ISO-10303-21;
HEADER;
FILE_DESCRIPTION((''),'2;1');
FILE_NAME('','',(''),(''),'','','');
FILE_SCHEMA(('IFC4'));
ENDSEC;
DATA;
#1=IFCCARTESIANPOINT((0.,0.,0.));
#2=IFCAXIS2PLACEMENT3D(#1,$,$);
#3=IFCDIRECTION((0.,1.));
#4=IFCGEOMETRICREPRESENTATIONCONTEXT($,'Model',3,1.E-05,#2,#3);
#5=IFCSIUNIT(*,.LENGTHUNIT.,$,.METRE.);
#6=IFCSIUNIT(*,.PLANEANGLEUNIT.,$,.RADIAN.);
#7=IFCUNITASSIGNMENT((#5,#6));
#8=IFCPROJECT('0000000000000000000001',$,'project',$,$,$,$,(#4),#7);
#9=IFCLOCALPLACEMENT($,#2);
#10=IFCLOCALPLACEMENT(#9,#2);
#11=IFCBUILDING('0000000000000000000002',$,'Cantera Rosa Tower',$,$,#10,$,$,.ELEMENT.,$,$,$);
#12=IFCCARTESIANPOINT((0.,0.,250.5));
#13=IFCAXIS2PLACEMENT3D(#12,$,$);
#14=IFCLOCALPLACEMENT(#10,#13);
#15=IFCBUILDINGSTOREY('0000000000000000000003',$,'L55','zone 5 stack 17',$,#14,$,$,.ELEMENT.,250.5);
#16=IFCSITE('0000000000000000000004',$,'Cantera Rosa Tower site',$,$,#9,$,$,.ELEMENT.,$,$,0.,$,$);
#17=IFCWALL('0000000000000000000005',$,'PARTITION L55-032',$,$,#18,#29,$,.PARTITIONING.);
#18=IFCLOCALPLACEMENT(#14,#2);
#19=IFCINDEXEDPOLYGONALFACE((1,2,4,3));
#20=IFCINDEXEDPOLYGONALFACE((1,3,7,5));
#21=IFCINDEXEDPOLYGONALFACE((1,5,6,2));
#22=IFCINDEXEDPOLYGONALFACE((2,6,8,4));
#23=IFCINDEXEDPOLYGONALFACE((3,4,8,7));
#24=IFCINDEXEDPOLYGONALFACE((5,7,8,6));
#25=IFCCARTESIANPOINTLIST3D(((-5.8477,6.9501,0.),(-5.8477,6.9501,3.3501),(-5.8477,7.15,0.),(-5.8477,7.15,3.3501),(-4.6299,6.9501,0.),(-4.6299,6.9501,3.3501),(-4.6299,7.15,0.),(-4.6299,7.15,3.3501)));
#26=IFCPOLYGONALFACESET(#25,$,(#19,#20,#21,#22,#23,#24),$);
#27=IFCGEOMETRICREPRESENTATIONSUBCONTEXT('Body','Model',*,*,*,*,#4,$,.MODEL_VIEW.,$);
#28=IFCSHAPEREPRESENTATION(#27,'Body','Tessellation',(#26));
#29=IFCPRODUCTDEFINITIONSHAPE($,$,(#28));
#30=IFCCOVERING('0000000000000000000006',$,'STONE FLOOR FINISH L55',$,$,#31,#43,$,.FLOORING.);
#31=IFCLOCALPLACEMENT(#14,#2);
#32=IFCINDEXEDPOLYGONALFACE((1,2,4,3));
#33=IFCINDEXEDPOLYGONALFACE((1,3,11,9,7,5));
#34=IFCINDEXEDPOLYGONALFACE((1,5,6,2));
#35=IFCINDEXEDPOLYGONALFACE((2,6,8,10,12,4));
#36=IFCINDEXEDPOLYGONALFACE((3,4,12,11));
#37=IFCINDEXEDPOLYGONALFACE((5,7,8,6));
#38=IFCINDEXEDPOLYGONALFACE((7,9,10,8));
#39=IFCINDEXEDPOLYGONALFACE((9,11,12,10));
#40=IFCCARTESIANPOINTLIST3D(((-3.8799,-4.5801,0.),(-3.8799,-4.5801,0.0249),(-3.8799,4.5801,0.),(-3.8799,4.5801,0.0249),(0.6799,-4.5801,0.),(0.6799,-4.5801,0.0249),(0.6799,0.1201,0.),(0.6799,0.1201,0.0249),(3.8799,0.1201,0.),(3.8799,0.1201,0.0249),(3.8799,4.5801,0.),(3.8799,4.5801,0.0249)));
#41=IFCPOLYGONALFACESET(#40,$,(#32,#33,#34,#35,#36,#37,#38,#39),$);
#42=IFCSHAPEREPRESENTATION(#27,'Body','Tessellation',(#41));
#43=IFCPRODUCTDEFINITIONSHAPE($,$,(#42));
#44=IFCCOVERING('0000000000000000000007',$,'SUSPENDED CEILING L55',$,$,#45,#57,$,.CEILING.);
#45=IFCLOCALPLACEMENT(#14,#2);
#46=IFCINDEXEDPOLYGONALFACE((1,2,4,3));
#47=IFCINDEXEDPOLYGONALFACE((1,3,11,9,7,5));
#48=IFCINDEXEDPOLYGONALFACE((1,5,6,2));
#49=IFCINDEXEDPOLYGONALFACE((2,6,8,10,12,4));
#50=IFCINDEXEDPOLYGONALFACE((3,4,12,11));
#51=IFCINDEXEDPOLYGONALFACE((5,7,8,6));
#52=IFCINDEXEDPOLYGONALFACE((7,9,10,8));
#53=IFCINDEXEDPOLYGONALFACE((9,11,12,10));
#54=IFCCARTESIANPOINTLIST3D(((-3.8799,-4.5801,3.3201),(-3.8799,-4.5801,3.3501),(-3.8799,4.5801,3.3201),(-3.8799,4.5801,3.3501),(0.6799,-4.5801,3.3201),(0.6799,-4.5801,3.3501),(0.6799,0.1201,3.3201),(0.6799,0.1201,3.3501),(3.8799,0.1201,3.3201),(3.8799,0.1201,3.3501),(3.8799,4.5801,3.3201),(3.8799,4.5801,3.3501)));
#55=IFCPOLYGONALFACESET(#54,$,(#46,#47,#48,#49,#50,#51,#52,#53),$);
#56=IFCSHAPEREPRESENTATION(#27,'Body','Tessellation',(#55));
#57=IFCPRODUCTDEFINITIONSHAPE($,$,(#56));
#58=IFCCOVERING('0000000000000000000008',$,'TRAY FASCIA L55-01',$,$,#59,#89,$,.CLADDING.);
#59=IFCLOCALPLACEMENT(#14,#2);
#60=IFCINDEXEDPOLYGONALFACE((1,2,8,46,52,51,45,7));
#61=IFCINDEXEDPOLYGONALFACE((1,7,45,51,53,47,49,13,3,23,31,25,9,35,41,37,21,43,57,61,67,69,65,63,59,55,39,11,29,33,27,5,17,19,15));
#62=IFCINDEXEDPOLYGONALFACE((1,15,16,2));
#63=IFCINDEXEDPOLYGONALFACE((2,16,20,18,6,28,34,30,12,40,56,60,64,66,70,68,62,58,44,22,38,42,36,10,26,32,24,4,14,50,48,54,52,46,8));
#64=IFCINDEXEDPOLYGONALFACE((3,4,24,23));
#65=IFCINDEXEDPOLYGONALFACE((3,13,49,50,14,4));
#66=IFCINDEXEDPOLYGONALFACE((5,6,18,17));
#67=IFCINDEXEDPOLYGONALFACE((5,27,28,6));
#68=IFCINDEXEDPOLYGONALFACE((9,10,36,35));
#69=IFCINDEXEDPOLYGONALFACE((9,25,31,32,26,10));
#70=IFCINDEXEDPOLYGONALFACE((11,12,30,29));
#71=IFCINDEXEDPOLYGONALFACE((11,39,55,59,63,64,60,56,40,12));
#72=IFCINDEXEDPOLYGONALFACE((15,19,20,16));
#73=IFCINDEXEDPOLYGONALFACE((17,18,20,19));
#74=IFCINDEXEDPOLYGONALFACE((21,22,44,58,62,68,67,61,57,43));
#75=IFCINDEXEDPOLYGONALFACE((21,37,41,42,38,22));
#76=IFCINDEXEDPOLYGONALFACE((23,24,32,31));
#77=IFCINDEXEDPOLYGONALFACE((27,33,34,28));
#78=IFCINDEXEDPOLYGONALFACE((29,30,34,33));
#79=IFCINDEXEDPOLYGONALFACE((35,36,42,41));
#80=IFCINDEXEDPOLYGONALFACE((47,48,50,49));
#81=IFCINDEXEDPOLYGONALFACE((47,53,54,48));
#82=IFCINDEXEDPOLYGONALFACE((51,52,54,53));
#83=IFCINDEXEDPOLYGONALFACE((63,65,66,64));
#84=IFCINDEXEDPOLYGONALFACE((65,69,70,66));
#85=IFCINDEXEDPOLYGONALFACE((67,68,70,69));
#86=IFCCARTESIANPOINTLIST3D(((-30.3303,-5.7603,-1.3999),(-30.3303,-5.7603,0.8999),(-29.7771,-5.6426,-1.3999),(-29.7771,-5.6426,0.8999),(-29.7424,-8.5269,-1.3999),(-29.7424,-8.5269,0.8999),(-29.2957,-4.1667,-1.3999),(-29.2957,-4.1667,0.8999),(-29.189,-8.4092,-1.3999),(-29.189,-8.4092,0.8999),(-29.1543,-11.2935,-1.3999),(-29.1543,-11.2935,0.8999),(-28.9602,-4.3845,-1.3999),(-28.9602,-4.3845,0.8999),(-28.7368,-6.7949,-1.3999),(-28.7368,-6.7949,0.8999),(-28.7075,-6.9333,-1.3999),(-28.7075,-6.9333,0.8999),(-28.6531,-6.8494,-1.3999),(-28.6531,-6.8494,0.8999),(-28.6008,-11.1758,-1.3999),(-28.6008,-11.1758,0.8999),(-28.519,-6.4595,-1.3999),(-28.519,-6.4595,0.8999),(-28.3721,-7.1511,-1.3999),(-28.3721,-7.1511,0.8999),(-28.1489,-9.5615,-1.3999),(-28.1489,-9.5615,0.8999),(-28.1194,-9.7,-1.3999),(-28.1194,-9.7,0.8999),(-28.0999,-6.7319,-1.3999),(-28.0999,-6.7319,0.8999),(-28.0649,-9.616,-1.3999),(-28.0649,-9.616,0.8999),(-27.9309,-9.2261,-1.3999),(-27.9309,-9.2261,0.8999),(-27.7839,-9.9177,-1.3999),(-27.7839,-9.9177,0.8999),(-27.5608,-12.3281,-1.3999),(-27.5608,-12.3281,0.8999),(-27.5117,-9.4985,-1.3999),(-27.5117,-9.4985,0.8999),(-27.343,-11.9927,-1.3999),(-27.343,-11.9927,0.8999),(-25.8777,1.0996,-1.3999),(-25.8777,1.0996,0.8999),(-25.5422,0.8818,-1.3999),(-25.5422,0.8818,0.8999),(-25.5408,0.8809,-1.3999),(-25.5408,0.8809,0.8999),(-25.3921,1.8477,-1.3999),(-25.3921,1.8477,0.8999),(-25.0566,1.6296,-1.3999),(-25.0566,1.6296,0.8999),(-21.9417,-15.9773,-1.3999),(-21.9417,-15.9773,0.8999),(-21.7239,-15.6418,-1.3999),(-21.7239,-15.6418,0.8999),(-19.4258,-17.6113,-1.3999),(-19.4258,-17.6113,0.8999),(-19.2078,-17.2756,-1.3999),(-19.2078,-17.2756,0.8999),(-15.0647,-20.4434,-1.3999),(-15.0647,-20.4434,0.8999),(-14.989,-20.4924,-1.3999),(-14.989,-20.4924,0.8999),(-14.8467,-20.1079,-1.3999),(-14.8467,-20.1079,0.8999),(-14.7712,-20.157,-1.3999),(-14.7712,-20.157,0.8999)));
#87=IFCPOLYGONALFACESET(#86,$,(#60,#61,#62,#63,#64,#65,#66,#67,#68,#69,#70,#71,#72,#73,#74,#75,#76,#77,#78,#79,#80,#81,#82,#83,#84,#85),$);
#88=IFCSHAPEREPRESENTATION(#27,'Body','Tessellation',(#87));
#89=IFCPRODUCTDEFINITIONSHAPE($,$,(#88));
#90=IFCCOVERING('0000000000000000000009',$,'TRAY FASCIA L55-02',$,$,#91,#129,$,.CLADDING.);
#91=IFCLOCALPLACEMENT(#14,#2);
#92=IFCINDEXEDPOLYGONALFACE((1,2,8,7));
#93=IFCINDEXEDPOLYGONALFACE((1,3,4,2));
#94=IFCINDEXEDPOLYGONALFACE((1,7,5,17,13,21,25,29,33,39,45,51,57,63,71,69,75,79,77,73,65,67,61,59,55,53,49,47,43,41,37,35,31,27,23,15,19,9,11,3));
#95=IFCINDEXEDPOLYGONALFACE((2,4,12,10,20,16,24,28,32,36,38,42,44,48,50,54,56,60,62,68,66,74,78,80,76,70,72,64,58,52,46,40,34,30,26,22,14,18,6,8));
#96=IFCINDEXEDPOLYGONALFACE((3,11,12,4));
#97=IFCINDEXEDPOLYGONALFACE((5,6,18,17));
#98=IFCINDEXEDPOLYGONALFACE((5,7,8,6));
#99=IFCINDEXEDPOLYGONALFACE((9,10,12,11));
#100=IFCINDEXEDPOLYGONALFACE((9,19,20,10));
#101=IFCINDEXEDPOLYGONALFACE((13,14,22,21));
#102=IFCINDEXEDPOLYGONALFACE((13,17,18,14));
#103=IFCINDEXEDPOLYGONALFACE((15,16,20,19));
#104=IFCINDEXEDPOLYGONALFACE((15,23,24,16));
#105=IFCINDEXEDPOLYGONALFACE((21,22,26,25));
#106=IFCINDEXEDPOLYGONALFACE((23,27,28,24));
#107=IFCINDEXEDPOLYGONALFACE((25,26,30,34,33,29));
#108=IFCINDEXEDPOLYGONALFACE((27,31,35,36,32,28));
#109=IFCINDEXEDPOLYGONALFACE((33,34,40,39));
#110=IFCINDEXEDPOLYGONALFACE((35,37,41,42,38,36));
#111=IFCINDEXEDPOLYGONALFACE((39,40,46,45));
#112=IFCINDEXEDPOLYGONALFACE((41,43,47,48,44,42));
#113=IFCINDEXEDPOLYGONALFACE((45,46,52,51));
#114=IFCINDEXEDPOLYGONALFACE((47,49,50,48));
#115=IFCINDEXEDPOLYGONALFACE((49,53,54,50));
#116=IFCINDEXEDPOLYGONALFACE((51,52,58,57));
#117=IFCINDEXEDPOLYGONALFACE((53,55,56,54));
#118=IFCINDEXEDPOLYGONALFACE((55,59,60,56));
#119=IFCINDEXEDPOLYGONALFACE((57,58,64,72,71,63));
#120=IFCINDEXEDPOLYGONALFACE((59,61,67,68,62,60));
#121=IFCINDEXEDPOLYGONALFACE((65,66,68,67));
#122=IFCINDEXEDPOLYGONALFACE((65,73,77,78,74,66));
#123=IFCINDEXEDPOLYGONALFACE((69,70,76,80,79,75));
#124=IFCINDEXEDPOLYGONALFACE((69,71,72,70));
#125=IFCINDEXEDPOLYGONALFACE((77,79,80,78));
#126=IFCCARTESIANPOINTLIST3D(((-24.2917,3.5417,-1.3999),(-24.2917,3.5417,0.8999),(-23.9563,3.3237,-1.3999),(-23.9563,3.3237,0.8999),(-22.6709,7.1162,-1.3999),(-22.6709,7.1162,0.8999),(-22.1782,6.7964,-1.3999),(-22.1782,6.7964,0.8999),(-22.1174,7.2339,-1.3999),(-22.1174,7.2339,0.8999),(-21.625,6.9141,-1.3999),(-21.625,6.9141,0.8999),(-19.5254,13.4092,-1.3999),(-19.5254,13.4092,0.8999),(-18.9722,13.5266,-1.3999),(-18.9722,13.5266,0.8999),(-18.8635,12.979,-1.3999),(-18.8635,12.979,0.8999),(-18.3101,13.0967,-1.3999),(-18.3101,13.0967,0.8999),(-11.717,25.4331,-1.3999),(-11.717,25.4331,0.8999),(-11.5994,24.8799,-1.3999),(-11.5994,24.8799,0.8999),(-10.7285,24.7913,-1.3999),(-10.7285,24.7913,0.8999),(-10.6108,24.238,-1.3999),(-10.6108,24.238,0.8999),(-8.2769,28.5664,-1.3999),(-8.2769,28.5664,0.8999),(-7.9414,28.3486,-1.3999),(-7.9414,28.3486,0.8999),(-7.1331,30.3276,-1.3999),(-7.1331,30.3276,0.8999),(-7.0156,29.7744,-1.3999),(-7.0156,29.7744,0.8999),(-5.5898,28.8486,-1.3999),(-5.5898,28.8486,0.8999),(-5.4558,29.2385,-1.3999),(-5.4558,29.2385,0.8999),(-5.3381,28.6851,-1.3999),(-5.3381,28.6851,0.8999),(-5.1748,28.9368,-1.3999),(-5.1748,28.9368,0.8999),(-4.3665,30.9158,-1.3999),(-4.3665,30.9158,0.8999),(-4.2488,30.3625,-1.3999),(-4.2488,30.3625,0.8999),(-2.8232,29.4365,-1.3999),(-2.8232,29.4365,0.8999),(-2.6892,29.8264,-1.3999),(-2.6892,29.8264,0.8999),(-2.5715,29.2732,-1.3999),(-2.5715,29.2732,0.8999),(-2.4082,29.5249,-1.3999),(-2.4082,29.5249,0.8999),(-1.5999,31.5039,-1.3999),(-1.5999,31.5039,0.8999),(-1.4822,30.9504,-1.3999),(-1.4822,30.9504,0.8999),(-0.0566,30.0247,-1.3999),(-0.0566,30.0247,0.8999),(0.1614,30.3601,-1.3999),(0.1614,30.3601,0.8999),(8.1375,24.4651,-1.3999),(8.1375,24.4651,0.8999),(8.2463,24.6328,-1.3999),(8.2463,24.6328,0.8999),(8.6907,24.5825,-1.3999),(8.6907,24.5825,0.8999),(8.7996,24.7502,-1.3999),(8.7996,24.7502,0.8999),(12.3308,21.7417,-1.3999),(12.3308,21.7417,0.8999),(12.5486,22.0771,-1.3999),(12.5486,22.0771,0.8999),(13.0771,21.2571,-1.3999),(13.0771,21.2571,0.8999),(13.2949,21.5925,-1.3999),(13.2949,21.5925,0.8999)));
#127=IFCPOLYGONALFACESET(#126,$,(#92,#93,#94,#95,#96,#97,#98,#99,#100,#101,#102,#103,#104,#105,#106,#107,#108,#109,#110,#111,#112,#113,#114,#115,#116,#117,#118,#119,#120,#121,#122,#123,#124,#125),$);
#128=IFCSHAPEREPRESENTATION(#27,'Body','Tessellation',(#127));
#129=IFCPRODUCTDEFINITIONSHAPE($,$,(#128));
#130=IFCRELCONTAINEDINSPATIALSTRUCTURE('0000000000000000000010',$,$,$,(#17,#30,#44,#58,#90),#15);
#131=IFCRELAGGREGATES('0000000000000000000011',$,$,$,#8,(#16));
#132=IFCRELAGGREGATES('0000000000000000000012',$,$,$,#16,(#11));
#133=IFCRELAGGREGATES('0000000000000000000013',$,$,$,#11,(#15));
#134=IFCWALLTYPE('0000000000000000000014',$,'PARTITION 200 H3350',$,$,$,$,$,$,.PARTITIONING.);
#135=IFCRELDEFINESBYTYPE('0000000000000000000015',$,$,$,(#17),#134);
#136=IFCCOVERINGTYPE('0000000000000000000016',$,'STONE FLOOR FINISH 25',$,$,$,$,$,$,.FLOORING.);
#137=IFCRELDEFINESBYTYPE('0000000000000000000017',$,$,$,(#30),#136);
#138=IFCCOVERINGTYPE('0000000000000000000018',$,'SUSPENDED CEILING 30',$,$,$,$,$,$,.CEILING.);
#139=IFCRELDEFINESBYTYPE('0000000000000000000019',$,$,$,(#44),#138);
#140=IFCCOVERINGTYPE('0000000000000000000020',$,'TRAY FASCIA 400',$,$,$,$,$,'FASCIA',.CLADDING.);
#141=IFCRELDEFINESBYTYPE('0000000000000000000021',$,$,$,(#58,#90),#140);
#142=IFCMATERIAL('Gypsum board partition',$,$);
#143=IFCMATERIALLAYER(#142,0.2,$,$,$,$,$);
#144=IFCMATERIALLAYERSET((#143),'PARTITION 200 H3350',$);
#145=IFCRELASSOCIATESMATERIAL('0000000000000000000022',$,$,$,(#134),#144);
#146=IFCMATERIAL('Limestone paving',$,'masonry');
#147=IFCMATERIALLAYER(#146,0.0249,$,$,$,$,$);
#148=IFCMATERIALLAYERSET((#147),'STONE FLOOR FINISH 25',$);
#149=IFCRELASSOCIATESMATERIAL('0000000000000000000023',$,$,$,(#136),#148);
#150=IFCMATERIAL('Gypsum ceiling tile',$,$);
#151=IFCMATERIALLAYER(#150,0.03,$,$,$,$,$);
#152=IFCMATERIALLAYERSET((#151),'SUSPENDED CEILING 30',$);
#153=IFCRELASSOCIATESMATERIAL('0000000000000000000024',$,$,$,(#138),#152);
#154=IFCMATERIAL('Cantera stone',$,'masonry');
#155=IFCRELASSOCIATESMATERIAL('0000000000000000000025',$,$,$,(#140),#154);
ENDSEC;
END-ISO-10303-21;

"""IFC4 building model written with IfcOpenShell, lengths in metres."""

from ifc_helpers import new_model, si_unit, direction, frame, frame_2d, origin, place, context, subcontext, project, spatial, polyline, rectangle, outline, extrude, material, layer, layer_set, type_object, element, save


model = new_model("IFC4")

# Units and contexts
model_context = context("Model", 3, precision=1e-05, world=origin(), true_north=direction((0.0, 1.0)))
body_context = subcontext(model_context, "Body", "Model", "MODEL_VIEW")
ifc_project = project(units=[si_unit("LENGTHUNIT", "METRE"), si_unit("PLANEANGLEUNIT", "RADIAN")], contexts=[model_context])

# Site, building, storey
site_placement = place(None, origin())
site = spatial("IfcSite", under=ifc_project, at=site_placement, Name="Cantera Rosa Tower site", CompositionType="ELEMENT", RefElevation=0.0)
building_placement = place(site_placement, origin())
building = spatial("IfcBuilding", under=site, at=building_placement, Name="Cantera Rosa Tower", CompositionType="ELEMENT")
storey_placement = place(building_placement, frame((0.0, 0.0, 250.5)))
storey = spatial("IfcBuildingStorey", under=building, at=storey_placement, Name="L55", Description="zone 5 stack 17", CompositionType="ELEMENT", Elevation=250.5)

# Wall
ifc_material_1 = material(Name="Gypsum board partition")
ifc_layer_1 = layer(ifc_material_1, 0.2)
ifc_layer_set_1 = layer_set([ifc_layer_1], Name="PARTITION 200 H3350")
wall_type_1 = type_object("IfcWallType", Name="PARTITION 200 H3350", PredefinedType="PARTITIONING", material=ifc_layer_set_1)
wall_1_placement = place(storey_placement, frame((-5.8477, 7.05, 0.0), z_axis=(0.0, 0.0, 1.0), x_axis=(1.0, 0.0, 0.0)))
element("IfcWall", 1, at=wall_1_placement, inside=storey, type_object=wall_type_1, Name="PARTITION L55-032", PredefinedType="PARTITIONING", context=body_context, shape_type="SweptSolid", body=[
    extrude(rectangle(XDim=1.2178, YDim=0.2, at=frame_2d((0.6089, 0.0))), origin(), (0.0, 0.0, 1.0), 3.3501),
])

# Coverings
ifc_material_2 = material(Name="Limestone paving", Category="masonry")
ifc_layer_2 = layer(ifc_material_2, 0.0249)
ifc_layer_set_2 = layer_set([ifc_layer_2], Name="STONE FLOOR FINISH 25")
covering_type_1 = type_object("IfcCoveringType", Name="STONE FLOOR FINISH 25", PredefinedType="FLOORING", material=ifc_layer_set_2)
covering_1_placement = place(storey_placement, origin())
element("IfcCovering", 2, at=covering_1_placement, inside=storey, type_object=covering_type_1, Name="STONE FLOOR FINISH L55", PredefinedType="FLOORING", context=body_context, shape_type="SweptSolid", body=[
    extrude(outline(polyline([(3.8799, 4.5801), (3.8799, 0.1201), (0.6799, 0.1201), (0.6799, -4.5801), (-3.8799, -4.5801), (-3.8799, 4.5801), (3.8799, 4.5801)])), origin(), (0.0, 0.0, 1.0), 0.0249),
])
ifc_material_3 = material(Name="Gypsum ceiling tile")
ifc_layer_3 = layer(ifc_material_3, 0.03)
ifc_layer_set_3 = layer_set([ifc_layer_3], Name="SUSPENDED CEILING 30")
covering_type_2 = type_object("IfcCoveringType", Name="SUSPENDED CEILING 30", PredefinedType="CEILING", material=ifc_layer_set_3)
covering_2_placement = place(storey_placement, frame((0.0, 0.0, 3.3201)))
element("IfcCovering", 3, at=covering_2_placement, inside=storey, type_object=covering_type_2, Name="SUSPENDED CEILING L55", PredefinedType="CEILING", context=body_context, shape_type="SweptSolid", body=[
    extrude(outline(polyline([(3.8799, 4.5801), (3.8799, 0.1201), (0.6799, 0.1201), (0.6799, -4.5801), (-3.8799, -4.5801), (-3.8799, 4.5801), (3.8799, 4.5801)])), origin(), (0.0, 0.0, 1.0), 0.03),
])
ifc_material_4 = material(Name="Cantera stone", Category="masonry")
covering_type_3 = type_object("IfcCoveringType", Name="TRAY FASCIA 400", ElementType="FASCIA", PredefinedType="CLADDING", material=ifc_material_4)
covering_3_placement = place(storey_placement, frame((0.0, 0.0, -1.3999)))
element("IfcCovering", 4, at=covering_3_placement, inside=storey, type_object=covering_type_3, Name="TRAY FASCIA L55-01", PredefinedType="CLADDING", context=body_context, shape_type="SweptSolid", body=[
    extrude(outline(polyline([(-15.0647, -20.4434), (-19.4258, -17.6113), (-21.9417, -15.9773), (-27.5608, -12.3281), (-29.1543, -11.2935), (-28.1194, -9.7), (-28.0649, -9.616), (-28.1489, -9.5615), (-29.7424, -8.5269), (-28.7075, -6.9333), (-28.6531, -6.8494), (-28.7368, -6.7949), (-30.3303, -5.7603), (-29.2957, -4.1667), (-25.8777, 1.0996), (-25.3921, 1.8477), (-25.0566, 1.6296), (-25.5422, 0.8818), (-25.5408, 0.8809), (-28.9602, -4.3845), (-29.7771, -5.6426), (-28.519, -6.4595), (-28.0999, -6.7319), (-28.3721, -7.1511), (-29.189, -8.4092), (-27.9309, -9.2261), (-27.5117, -9.4985), (-27.7839, -9.9177), (-28.6008, -11.1758), (-27.343, -11.9927), (-21.7239, -15.6418), (-19.2078, -17.2756), (-14.8467, -20.1079), (-14.7712, -20.157), (-14.989, -20.4924), (-15.0647, -20.4434)])), origin(), (0.0, 0.0, 1.0), 2.2998),
])
covering_4_placement = place(storey_placement, frame((0.0, 0.0, -1.3999)))
element("IfcCovering", 5, at=covering_4_placement, inside=storey, type_object=covering_type_3, Name="TRAY FASCIA L55-02", PredefinedType="CLADDING", context=body_context, shape_type="SweptSolid", body=[
    extrude(outline(polyline([(-22.1782, 6.7964), (-22.6709, 7.1162), (-18.8635, 12.979), (-19.5254, 13.4092), (-11.717, 25.4331), (-10.7285, 24.7913), (-8.2769, 28.5664), (-7.1331, 30.3276), (-5.4558, 29.2385), (-4.3665, 30.9158), (-2.6892, 29.8264), (-1.5999, 31.5039), (0.1614, 30.3601), (8.7996, 24.7502), (8.6907, 24.5825), (12.5486, 22.0771), (13.2949, 21.5925), (13.0771, 21.2571), (12.3308, 21.7417), (8.1375, 24.4651), (8.2463, 24.6328), (-0.0566, 30.0247), (-1.4822, 30.9504), (-2.4082, 29.5249), (-2.5715, 29.2732), (-2.8232, 29.4365), (-4.2488, 30.3625), (-5.1748, 28.9368), (-5.3381, 28.6851), (-5.5898, 28.8486), (-7.0156, 29.7744), (-7.9414, 28.3486), (-10.6108, 24.238), (-11.5994, 24.8799), (-18.9722, 13.5266), (-18.3101, 13.0967), (-22.1174, 7.2339), (-21.625, 6.9141), (-23.9563, 3.3237), (-24.2917, 3.5417), (-22.1782, 6.7964)])), origin(), (0.0, 0.0, 1.0), 2.2998),
])

save(model, "model.ifc")
